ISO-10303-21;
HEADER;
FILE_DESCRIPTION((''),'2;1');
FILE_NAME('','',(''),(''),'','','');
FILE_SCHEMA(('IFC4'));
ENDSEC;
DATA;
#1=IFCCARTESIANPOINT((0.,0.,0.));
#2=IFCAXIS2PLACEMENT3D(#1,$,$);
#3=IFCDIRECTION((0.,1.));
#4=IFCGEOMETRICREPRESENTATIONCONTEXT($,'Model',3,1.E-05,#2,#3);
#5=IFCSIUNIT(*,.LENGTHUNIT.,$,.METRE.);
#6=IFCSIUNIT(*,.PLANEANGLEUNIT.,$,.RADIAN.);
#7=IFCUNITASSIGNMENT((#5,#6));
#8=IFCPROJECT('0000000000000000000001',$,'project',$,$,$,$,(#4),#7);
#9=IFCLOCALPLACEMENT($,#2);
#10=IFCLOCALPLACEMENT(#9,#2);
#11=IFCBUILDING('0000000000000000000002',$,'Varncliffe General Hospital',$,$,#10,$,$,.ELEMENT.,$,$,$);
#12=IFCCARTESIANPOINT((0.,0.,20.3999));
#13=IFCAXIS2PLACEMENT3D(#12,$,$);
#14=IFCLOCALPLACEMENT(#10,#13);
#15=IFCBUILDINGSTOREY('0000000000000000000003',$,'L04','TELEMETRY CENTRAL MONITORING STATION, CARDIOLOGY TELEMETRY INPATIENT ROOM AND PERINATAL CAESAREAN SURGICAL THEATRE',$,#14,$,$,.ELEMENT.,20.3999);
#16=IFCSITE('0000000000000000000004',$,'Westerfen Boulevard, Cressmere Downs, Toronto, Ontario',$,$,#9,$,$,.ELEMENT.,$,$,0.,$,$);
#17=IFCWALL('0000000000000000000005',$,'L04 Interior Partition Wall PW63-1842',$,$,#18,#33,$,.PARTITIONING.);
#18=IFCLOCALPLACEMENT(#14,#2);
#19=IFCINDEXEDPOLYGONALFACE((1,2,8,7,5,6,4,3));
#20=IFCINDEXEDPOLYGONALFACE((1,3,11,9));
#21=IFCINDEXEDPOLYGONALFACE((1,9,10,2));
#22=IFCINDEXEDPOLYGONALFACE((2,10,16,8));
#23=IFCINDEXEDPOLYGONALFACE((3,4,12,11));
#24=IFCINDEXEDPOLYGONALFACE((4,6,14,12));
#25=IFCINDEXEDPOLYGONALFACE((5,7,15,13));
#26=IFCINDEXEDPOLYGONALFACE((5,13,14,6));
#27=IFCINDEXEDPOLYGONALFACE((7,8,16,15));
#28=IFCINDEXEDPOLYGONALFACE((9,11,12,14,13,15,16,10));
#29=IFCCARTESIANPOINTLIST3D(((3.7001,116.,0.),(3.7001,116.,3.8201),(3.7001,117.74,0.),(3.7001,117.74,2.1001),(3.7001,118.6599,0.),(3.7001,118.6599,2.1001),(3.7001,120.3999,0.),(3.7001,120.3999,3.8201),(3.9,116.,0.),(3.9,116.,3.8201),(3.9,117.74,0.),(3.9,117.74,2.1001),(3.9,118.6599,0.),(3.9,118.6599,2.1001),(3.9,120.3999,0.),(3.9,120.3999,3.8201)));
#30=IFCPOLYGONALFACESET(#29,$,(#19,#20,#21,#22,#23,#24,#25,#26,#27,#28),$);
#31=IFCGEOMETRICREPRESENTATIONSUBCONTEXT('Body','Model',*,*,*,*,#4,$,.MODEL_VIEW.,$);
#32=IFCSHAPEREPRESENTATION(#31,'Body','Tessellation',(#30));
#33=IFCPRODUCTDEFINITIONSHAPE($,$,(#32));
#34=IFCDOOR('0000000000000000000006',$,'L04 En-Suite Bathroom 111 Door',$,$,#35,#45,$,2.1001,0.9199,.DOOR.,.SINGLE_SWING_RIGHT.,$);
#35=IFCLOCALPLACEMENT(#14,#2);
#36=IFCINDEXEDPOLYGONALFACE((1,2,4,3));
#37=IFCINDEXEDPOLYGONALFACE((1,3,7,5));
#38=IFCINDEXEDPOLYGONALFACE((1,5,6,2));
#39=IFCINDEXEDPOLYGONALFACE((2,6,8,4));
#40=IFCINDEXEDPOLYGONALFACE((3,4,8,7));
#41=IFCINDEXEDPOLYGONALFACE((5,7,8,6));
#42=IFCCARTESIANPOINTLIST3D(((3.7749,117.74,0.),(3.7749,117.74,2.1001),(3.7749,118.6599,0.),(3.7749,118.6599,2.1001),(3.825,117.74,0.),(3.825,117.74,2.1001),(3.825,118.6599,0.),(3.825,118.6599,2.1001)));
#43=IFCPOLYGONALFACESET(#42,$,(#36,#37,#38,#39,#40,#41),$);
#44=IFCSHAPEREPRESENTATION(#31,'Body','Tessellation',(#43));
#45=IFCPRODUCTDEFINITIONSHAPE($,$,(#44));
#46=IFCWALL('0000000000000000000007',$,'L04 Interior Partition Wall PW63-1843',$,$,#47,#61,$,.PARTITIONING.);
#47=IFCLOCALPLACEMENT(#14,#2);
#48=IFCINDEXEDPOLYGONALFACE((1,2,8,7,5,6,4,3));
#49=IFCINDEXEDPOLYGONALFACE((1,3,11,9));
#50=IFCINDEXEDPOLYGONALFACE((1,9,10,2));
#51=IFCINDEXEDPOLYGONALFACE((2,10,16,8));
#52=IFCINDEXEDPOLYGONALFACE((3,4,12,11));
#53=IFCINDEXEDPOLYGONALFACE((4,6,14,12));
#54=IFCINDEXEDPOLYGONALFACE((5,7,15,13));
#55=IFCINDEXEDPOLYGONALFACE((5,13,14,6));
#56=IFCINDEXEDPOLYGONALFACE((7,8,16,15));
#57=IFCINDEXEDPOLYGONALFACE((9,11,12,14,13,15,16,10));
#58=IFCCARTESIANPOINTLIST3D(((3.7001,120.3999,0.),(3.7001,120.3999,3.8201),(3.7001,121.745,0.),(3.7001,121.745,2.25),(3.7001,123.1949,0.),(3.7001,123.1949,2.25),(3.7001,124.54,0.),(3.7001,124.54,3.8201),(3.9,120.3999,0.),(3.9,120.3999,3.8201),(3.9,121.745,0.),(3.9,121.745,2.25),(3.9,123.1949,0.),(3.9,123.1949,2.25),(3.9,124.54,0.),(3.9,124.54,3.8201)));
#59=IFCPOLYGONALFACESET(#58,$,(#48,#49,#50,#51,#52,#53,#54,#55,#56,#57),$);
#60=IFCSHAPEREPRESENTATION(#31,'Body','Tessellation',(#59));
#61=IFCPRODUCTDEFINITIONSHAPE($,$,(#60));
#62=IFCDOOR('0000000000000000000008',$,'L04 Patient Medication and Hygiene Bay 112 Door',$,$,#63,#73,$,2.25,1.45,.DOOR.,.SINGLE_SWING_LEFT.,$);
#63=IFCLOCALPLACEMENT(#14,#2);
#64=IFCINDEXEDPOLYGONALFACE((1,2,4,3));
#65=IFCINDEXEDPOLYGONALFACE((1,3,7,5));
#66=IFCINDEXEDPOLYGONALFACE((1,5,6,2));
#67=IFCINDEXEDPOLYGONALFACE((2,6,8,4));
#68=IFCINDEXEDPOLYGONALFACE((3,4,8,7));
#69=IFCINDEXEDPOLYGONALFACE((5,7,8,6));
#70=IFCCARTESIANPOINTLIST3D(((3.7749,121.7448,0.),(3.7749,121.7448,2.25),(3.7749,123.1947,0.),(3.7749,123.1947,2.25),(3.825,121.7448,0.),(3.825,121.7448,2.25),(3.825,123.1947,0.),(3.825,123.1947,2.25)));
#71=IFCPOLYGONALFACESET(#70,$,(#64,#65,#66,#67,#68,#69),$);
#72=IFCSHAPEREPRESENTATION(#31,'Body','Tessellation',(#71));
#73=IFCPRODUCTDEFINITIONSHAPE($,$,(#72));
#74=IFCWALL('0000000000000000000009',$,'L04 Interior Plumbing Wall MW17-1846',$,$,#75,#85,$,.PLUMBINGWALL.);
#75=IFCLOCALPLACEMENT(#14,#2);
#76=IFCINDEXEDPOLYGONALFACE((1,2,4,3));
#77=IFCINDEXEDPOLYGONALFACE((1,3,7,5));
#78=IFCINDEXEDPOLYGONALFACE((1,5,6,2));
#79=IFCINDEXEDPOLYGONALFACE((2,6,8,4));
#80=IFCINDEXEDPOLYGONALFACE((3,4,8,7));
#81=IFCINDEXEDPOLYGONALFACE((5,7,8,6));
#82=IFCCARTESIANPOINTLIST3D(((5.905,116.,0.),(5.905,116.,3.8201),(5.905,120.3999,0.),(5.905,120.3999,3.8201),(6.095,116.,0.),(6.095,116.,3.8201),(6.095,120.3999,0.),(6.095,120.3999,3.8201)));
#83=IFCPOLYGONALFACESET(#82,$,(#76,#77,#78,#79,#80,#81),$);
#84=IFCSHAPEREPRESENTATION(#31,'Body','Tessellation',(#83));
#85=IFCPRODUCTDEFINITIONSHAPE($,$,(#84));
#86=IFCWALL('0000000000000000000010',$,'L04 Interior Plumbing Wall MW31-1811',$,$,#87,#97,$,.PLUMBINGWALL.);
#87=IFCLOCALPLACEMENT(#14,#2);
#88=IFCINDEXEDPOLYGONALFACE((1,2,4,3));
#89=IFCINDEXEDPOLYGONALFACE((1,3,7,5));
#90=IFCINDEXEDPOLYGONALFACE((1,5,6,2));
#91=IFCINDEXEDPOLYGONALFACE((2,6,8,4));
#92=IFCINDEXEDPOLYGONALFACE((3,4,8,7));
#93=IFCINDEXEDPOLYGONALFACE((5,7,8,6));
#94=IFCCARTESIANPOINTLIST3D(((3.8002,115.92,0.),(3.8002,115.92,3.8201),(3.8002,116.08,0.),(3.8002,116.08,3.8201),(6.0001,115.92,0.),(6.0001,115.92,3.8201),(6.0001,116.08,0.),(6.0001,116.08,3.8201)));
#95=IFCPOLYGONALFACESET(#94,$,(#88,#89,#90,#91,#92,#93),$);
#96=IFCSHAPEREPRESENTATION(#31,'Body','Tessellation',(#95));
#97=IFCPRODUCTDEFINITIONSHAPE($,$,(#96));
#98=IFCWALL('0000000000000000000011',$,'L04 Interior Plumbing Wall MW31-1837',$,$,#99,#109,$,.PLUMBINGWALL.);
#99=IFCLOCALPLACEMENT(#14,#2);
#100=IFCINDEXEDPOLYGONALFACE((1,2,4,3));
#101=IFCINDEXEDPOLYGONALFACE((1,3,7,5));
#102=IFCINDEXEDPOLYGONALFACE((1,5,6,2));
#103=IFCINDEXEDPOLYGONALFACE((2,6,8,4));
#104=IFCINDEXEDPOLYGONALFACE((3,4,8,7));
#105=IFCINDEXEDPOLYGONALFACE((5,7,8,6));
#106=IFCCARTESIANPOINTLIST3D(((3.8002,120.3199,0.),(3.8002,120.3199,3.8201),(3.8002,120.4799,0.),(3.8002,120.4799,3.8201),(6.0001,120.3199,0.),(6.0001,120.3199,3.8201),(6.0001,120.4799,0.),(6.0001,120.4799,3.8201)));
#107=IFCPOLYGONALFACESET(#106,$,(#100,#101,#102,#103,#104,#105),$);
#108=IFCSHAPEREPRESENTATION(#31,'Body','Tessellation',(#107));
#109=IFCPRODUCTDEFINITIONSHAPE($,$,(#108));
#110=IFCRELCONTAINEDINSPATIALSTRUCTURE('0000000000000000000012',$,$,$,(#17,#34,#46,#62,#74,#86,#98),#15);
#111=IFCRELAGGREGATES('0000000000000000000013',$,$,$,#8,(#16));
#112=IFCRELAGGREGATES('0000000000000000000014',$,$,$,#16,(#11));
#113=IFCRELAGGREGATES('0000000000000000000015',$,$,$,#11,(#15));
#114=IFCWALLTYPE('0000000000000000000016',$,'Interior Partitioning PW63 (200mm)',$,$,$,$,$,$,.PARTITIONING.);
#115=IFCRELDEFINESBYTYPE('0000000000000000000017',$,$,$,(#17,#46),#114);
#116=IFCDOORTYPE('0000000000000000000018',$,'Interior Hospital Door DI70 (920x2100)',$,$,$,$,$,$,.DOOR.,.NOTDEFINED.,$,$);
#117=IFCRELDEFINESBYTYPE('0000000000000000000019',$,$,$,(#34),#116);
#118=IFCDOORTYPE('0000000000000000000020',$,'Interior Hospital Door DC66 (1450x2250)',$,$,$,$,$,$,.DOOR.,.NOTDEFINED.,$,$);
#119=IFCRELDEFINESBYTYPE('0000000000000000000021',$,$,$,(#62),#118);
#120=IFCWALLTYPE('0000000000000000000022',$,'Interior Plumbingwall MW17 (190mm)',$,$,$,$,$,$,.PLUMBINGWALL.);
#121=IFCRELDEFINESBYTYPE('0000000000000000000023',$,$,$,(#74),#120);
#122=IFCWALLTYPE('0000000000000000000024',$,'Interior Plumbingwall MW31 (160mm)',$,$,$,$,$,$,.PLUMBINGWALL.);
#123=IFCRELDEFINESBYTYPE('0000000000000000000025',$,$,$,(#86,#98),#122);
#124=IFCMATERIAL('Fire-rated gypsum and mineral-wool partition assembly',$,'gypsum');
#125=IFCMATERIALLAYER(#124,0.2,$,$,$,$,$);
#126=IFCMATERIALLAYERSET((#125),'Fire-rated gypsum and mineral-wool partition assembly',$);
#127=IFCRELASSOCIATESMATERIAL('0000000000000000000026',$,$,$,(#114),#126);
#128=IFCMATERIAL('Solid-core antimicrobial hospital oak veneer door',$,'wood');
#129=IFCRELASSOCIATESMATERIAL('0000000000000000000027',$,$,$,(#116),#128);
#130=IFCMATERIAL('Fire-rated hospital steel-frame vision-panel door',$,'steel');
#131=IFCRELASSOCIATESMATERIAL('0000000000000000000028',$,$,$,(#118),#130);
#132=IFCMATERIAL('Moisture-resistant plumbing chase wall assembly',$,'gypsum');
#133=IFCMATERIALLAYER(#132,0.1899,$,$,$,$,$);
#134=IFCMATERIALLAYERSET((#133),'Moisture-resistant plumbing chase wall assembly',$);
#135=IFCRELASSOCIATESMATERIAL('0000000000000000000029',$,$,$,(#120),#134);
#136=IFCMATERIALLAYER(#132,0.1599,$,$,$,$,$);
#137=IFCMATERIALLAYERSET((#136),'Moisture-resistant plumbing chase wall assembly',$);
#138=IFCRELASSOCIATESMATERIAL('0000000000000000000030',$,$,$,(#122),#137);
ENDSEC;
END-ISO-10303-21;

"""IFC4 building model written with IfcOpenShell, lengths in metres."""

from ifc_helpers import new_model, si_unit, direction, frame, frame_2d, origin, place, context, subcontext, project, spatial, rectangle, extrude, material, layer, layer_set, type_object, element, fill, save


model = new_model("IFC4")

# Units and contexts
model_context = context("Model", 3, precision=1e-05, world=origin(), true_north=direction((0.0, 1.0)))
body_context = subcontext(model_context, "Body", "Model", "MODEL_VIEW")
ifc_project = project(units=[si_unit("LENGTHUNIT", "METRE"), si_unit("PLANEANGLEUNIT", "RADIAN")], contexts=[model_context])

# Site, building, storey
site_placement = place(None, origin())
site = spatial("IfcSite", under=ifc_project, at=site_placement, Name="Westerfen Boulevard, Cressmere Downs, Toronto, Ontario", CompositionType="ELEMENT", RefElevation=0.0)
building_placement = place(site_placement, origin())
building = spatial("IfcBuilding", under=site, at=building_placement, Name="Varncliffe General Hospital", CompositionType="ELEMENT")
storey_placement = place(building_placement, frame((0.0, 0.0, 20.3999)))
storey = spatial("IfcBuildingStorey", under=building, at=storey_placement, Name="L04", Description="TELEMETRY CENTRAL MONITORING STATION, CARDIOLOGY TELEMETRY INPATIENT ROOM AND PERINATAL CAESAREAN SURGICAL THEATRE", CompositionType="ELEMENT", Elevation=20.3999)

# Walls, openings, doors
ifc_material_1 = material(Name="Fire-rated gypsum and mineral-wool partition assembly", Category="gypsum")
ifc_layer_1 = layer(ifc_material_1, 0.2)
ifc_layer_set_1 = layer_set([ifc_layer_1], Name="Fire-rated gypsum and mineral-wool partition assembly")
wall_type_1 = type_object("IfcWallType", Name="Interior Partitioning PW63 (200mm)", PredefinedType="PARTITIONING", material=ifc_layer_set_1)
ifc_material_2 = material(Name="Fire-rated hospital steel-frame vision-panel door", Category="steel")
wall_1_placement = place(storey_placement, frame((3.8, 116.0, 0.0), z_axis=(0.0, 0.0, 1.0), x_axis=(0.0, 1.0, 0.0)))
wall_1 = element("IfcWall", 1, at=wall_1_placement, inside=storey, type_object=wall_type_1, Name="L04 Interior Partition Wall PW63-1842", PredefinedType="PARTITIONING", context=body_context, shape_type="SweptSolid", body=[
    extrude(rectangle(XDim=4.3999, YDim=0.2, at=frame_2d((2.2, 0.0))), origin(), (0.0, 0.0, 1.0), 3.8201),
])
opening_1_placement = place(wall_1_placement, frame((1.74, 0.0, 0.0)))
opening_1 = element("IfcOpeningElement", 2, at=opening_1_placement, cuts=wall_1, PredefinedType="OPENING", context=body_context, shape_type="SweptSolid", body=[
    extrude(rectangle(XDim=0.9199, YDim=2.1001, at=frame_2d((0.46, 1.05))), frame((0.0, 0.1099, 0.0), z_axis=(0.0, -1.0, 0.0), x_axis=(1.0, 0.0, 0.0)), (0.0, 0.0, 1.0), 0.22),
])
ifc_material_3 = material(Name="Solid-core antimicrobial hospital oak veneer door", Category="wood")
door_type_1 = type_object("IfcDoorType", Name="Interior Hospital Door DI70 (920x2100)", OperationType="NOTDEFINED", PredefinedType="DOOR", material=ifc_material_3)
door_1_placement = place(opening_1_placement, frame((0.9199, 0.0, 0.0), z_axis=(0.0, 0.0, 1.0), x_axis=(-1.0, 0.0, 0.0)))
door_1 = element("IfcDoor", 3, at=door_1_placement, inside=storey, type_object=door_type_1, Name="L04 En-Suite Bathroom 111 Door", OperationType="SINGLE_SWING_RIGHT", OverallHeight=2.1001, OverallWidth=0.9199, PredefinedType="DOOR", context=body_context, shape_type="SweptSolid", body=[
    extrude(rectangle(XDim=0.9199, YDim=2.1001, at=frame_2d((0.46, 1.05))), frame((0.0, 0.0249, 0.0), z_axis=(0.0, -1.0, 0.0), x_axis=(1.0, 0.0, 0.0)), (0.0, 0.0, 1.0), 0.05),
])
fill(opening_1, door_1)
wall_2_placement = place(storey_placement, frame((3.8, 120.3999, 0.0), z_axis=(0.0, 0.0, 1.0), x_axis=(0.0, 1.0, 0.0)))
wall_2 = element("IfcWall", 4, at=wall_2_placement, inside=storey, type_object=wall_type_1, Name="L04 Interior Partition Wall PW63-1843", PredefinedType="PARTITIONING", context=body_context, shape_type="SweptSolid", body=[
    extrude(rectangle(XDim=4.1401, YDim=0.2, at=frame_2d((2.0701, 0.0))), origin(), (0.0, 0.0, 1.0), 3.8201),
])
opening_2_placement = place(wall_2_placement, frame((1.345, 0.0, 0.0)))
opening_2 = element("IfcOpeningElement", 5, at=opening_2_placement, cuts=wall_2, PredefinedType="OPENING", context=body_context, shape_type="SweptSolid", body=[
    extrude(rectangle(XDim=1.45, YDim=2.25, at=frame_2d((0.7251, 1.125))), frame((0.0, 0.1099, 0.0), z_axis=(0.0, -1.0, 0.0), x_axis=(1.0, 0.0, 0.0)), (0.0, 0.0, 1.0), 0.22),
])
door_type_2 = type_object("IfcDoorType", Name="Interior Hospital Door DC66 (1450x2250)", OperationType="NOTDEFINED", PredefinedType="DOOR", material=ifc_material_2)
door_2_placement = place(opening_2_placement, frame((1.45, 0.0, 0.0), z_axis=(0.0, 0.0, 1.0), x_axis=(-1.0, 0.0, 0.0)))
door_2 = element("IfcDoor", 6, at=door_2_placement, inside=storey, type_object=door_type_2, Name="L04 Patient Medication and Hygiene Bay 112 Door", OperationType="SINGLE_SWING_LEFT", OverallHeight=2.25, OverallWidth=1.45, PredefinedType="DOOR", context=body_context, shape_type="SweptSolid", body=[
    extrude(rectangle(XDim=1.45, YDim=2.25, at=frame_2d((0.7251, 1.125))), frame((0.0, 0.0249, 0.0), z_axis=(0.0, -1.0, 0.0), x_axis=(1.0, 0.0, 0.0)), (0.0, 0.0, 1.0), 0.05),
])
fill(opening_2, door_2)

# Walls
ifc_material_4 = material(Name="Moisture-resistant plumbing chase wall assembly", Category="gypsum")
ifc_layer_2 = layer(ifc_material_4, 0.1899)
ifc_layer_set_2 = layer_set([ifc_layer_2], Name="Moisture-resistant plumbing chase wall assembly")
wall_type_2 = type_object("IfcWallType", Name="Interior Plumbingwall MW17 (190mm)", PredefinedType="PLUMBINGWALL", material=ifc_layer_set_2)
wall_3_placement = place(storey_placement, frame((6.0, 116.0, 0.0), z_axis=(0.0, 0.0, 1.0), x_axis=(0.0, 1.0, 0.0)))
element("IfcWall", 7, at=wall_3_placement, inside=storey, type_object=wall_type_2, Name="L04 Interior Plumbing Wall MW17-1846", PredefinedType="PLUMBINGWALL", context=body_context, shape_type="SweptSolid", body=[
    extrude(rectangle(XDim=4.3999, YDim=0.1899, at=frame_2d((2.2, 0.0))), origin(), (0.0, 0.0, 1.0), 3.8201),
])
ifc_layer_3 = layer(ifc_material_4, 0.1599)
ifc_layer_set_3 = layer_set([ifc_layer_3], Name="Moisture-resistant plumbing chase wall assembly")
wall_type_3 = type_object("IfcWallType", Name="Interior Plumbingwall MW31 (160mm)", PredefinedType="PLUMBINGWALL", material=ifc_layer_set_3)
for number, where, z_axis, x_axis, name in (
    (8, (3.8, 116.0, 0.0), (0.0, 0.0, 1.0), (1.0, 0.0, 0.0), "L04 Interior Plumbing Wall MW31-1811"),
    (9, (3.8, 120.3999, 0.0), (0.0, 0.0, 1.0), (1.0, 0.0, 0.0), "L04 Interior Plumbing Wall MW31-1837"),
):
    element("IfcWall", number, at=place(storey_placement, frame(where, z_axis=z_axis, x_axis=x_axis)), inside=storey, type_object=wall_type_3, Name=name, PredefinedType="PLUMBINGWALL", context=body_context, shape_type="SweptSolid", body=[
        extrude(rectangle(XDim=2.2, YDim=0.1599, at=frame_2d((1.1001, 0.0))), origin(), (0.0, 0.0, 1.0), 3.8201),
    ])

save(model, "model.ifc")
